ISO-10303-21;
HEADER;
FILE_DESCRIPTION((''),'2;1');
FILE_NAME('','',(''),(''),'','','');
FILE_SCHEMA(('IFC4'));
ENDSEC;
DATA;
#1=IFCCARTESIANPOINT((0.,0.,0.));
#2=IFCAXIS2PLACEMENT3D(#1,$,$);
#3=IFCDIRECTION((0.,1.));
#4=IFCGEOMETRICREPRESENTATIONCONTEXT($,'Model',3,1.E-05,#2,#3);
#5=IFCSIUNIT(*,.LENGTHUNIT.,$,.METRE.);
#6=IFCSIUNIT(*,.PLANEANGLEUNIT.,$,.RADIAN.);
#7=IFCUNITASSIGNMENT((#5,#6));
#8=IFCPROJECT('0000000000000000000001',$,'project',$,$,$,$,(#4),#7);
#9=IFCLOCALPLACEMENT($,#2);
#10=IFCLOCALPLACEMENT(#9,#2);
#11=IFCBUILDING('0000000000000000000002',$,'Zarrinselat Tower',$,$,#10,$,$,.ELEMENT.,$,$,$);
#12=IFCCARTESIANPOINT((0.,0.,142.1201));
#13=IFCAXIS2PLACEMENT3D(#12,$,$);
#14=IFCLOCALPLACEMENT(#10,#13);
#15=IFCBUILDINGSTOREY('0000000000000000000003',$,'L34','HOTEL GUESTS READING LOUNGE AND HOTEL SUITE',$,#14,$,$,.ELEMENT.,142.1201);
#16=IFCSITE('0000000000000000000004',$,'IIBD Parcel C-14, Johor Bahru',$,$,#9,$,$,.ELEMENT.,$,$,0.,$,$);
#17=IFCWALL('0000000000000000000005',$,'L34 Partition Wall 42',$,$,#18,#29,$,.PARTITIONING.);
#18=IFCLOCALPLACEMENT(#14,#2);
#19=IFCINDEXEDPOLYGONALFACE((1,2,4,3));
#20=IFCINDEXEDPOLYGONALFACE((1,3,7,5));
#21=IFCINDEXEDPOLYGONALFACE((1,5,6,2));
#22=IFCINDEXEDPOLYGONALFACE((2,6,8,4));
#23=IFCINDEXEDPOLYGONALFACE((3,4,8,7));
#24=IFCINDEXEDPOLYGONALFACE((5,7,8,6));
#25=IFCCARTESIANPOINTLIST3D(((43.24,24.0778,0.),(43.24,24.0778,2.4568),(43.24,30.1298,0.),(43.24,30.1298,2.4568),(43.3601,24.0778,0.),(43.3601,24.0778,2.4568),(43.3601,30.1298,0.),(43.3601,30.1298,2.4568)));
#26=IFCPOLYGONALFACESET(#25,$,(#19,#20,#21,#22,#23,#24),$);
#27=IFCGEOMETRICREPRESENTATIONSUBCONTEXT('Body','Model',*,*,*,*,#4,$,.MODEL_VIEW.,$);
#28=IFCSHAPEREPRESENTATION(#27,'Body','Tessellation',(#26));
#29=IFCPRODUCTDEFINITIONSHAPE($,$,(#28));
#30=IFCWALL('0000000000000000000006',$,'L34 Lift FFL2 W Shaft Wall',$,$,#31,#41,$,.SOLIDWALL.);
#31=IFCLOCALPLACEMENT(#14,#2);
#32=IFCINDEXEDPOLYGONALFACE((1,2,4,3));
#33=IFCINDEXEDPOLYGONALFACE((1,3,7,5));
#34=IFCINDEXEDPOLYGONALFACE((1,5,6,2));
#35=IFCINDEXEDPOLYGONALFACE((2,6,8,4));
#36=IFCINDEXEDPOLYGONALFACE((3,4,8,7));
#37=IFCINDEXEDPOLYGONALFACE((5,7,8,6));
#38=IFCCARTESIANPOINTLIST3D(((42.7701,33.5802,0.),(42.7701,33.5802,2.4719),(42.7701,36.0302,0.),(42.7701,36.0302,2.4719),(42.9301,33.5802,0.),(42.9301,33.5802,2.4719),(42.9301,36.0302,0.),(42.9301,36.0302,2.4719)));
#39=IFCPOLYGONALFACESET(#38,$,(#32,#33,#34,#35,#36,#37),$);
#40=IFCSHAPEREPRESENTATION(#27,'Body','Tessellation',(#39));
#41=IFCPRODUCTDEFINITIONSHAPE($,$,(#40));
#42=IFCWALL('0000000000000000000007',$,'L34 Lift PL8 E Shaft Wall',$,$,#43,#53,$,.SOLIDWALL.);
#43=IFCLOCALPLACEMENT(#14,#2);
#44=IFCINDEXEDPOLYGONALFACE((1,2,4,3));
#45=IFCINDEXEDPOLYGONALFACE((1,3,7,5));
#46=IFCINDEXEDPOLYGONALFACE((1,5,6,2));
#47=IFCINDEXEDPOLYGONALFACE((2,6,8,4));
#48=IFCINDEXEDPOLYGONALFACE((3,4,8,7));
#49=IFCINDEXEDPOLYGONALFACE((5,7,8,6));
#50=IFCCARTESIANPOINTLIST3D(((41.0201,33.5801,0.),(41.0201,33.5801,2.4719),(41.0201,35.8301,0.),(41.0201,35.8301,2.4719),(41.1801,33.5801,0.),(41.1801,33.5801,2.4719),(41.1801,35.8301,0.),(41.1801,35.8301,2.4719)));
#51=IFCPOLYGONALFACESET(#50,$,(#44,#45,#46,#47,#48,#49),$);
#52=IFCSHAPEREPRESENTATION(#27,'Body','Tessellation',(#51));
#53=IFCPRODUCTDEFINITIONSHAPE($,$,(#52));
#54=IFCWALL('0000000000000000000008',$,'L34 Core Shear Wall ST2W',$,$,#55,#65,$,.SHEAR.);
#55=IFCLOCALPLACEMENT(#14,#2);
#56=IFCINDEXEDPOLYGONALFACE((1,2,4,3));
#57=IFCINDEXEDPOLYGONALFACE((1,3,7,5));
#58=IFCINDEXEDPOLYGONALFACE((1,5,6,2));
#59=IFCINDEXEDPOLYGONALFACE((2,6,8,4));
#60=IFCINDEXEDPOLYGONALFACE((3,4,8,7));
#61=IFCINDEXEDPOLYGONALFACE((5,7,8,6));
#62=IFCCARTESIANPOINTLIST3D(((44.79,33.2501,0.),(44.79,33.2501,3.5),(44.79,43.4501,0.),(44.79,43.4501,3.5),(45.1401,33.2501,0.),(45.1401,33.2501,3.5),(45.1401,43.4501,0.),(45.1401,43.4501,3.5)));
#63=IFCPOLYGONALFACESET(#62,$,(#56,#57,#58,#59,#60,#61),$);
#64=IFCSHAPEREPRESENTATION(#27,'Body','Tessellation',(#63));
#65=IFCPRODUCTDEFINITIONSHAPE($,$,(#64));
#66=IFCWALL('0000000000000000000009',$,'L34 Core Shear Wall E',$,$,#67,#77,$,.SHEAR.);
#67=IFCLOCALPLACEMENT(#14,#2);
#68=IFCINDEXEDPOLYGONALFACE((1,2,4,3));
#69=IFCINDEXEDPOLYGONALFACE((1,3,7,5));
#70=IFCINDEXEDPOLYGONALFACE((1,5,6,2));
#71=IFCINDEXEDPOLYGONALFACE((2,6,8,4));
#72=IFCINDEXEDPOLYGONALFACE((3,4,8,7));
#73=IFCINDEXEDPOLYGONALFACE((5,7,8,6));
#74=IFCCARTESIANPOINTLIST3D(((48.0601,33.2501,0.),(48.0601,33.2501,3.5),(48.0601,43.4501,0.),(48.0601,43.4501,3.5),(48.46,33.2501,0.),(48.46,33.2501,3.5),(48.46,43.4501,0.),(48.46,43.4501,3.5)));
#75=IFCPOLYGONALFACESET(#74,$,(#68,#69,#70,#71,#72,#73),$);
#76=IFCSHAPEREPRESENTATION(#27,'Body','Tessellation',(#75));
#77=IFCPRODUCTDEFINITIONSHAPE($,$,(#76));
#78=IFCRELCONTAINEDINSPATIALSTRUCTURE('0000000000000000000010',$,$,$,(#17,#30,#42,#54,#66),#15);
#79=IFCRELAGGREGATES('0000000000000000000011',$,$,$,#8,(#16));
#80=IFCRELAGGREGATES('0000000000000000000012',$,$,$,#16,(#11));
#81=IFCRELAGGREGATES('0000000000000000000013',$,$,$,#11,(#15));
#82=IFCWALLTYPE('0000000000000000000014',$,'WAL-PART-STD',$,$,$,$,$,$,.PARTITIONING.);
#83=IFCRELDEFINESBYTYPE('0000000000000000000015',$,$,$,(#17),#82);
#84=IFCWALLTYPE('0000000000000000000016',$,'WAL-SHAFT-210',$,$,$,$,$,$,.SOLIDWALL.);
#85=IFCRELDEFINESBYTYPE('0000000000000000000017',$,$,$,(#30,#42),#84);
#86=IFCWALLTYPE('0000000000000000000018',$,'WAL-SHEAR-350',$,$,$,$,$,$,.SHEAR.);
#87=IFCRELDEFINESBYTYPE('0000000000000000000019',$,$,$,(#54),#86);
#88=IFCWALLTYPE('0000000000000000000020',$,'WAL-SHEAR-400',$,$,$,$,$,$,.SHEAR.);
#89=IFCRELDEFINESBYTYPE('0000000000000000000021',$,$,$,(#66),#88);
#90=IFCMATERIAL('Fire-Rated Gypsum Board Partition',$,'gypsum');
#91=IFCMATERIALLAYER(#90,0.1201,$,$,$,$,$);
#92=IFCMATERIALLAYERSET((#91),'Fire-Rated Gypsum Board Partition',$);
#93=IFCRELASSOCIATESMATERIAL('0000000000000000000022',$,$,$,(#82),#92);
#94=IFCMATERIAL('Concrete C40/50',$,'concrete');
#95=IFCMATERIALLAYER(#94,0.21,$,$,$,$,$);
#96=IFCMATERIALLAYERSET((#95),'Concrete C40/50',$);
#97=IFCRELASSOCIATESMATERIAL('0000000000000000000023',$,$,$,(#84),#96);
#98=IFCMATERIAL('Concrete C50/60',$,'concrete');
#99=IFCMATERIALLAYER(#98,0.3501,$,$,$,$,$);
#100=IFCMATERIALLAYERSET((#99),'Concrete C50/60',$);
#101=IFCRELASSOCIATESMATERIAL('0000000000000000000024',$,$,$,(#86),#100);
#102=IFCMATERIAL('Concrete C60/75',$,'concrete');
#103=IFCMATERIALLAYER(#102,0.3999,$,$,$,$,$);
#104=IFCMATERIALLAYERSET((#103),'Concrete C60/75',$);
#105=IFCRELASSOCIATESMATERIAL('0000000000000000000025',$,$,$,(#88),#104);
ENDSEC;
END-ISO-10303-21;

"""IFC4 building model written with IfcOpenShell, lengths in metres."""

from ifc_helpers import new_model, si_unit, direction, frame, frame_2d, origin, place, context, subcontext, project, spatial, rectangle, extrude, material, layer, layer_set, type_object, element, save


model = new_model("IFC4")

# Units and contexts
model_context = context("Model", 3, precision=1e-05, world=origin(), true_north=direction((0.0, 1.0)))
body_context = subcontext(model_context, "Body", "Model", "MODEL_VIEW")
ifc_project = project(units=[si_unit("LENGTHUNIT", "METRE"), si_unit("PLANEANGLEUNIT", "RADIAN")], contexts=[model_context])

# Site, building, storey
site_placement = place(None, origin())
site = spatial("IfcSite", under=ifc_project, at=site_placement, Name="IIBD Parcel C-14, Johor Bahru", CompositionType="ELEMENT", RefElevation=0.0)
building_placement = place(site_placement, origin())
building = spatial("IfcBuilding", under=site, at=building_placement, Name="Zarrinselat Tower", CompositionType="ELEMENT")
storey_placement = place(building_placement, frame((0.0, 0.0, 142.1201)))
storey = spatial("IfcBuildingStorey", under=building, at=storey_placement, Name="L34", Description="HOTEL GUESTS READING LOUNGE AND HOTEL SUITE", CompositionType="ELEMENT", Elevation=142.1201)

# Walls
ifc_material_1 = material(Name="Fire-Rated Gypsum Board Partition", Category="gypsum")
ifc_layer_1 = layer(ifc_material_1, 0.1201)
ifc_layer_set_1 = layer_set([ifc_layer_1], Name="Fire-Rated Gypsum Board Partition")
wall_type_1 = type_object("IfcWallType", Name="WAL-PART-STD", PredefinedType="PARTITIONING", material=ifc_layer_set_1)
wall_1_placement = place(storey_placement, frame((43.3, 24.0779, 0.0), z_axis=(0.0, 0.0, 1.0), x_axis=(0.0, 1.0, 0.0)))
element("IfcWall", 1, at=wall_1_placement, inside=storey, type_object=wall_type_1, Name="L34 Partition Wall 42", PredefinedType="PARTITIONING", context=body_context, shape_type="SweptSolid", body=[
    extrude(rectangle(XDim=6.052, YDim=0.1201, at=frame_2d((3.0259, 0.0))), origin(), (0.0, 0.0, 1.0), 2.4568),
])
ifc_material_2 = material(Name="Concrete C40/50", Category="concrete")
ifc_layer_2 = layer(ifc_material_2, 0.21)
ifc_layer_set_2 = layer_set([ifc_layer_2], Name="Concrete C40/50")
wall_type_2 = type_object("IfcWallType", Name="WAL-SHAFT-210", PredefinedType="SOLIDWALL", material=ifc_layer_set_2)
wall_2_placement = place(storey_placement, frame((42.8501, 33.5801, 0.0), z_axis=(0.0, 0.0, 1.0), x_axis=(0.0, 1.0, 0.0)))
element("IfcWall", 2, at=wall_2_placement, inside=storey, type_object=wall_type_2, Name="L34 Lift FFL2 W Shaft Wall", PredefinedType="SOLIDWALL", context=body_context, shape_type="SweptSolid", body=[
    extrude(rectangle(XDim=2.45, YDim=0.1599, at=frame_2d((1.2251, 0.0))), origin(), (0.0, 0.0, 1.0), 2.4719),
])
wall_3_placement = place(storey_placement, frame((41.1001, 33.5801, 0.0), z_axis=(0.0, 0.0, 1.0), x_axis=(0.0, 1.0, 0.0)))
element("IfcWall", 3, at=wall_3_placement, inside=storey, type_object=wall_type_2, Name="L34 Lift PL8 E Shaft Wall", PredefinedType="SOLIDWALL", context=body_context, shape_type="SweptSolid", body=[
    extrude(rectangle(XDim=2.25, YDim=0.1599, at=frame_2d((1.125, 0.0))), origin(), (0.0, 0.0, 1.0), 2.4719),
])
ifc_material_3 = material(Name="Concrete C50/60", Category="concrete")
ifc_layer_3 = layer(ifc_material_3, 0.3501)
ifc_layer_set_3 = layer_set([ifc_layer_3], Name="Concrete C50/60")
wall_type_3 = type_object("IfcWallType", Name="WAL-SHEAR-350", PredefinedType="SHEAR", material=ifc_layer_set_3)
wall_4_placement = place(storey_placement, frame((44.9651, 33.25, 0.0), z_axis=(0.0, 0.0, 1.0), x_axis=(0.0, 1.0, 0.0)))
element("IfcWall", 4, at=wall_4_placement, inside=storey, type_object=wall_type_3, Name="L34 Core Shear Wall ST2W", PredefinedType="SHEAR", context=body_context, shape_type="SweptSolid", body=[
    extrude(rectangle(XDim=10.2, YDim=0.3501, at=frame_2d((5.1001, 0.0))), origin(), (0.0, 0.0, 1.0), 3.5),
])
ifc_material_4 = material(Name="Concrete C60/75", Category="concrete")
ifc_layer_4 = layer(ifc_material_4, 0.3999)
ifc_layer_set_4 = layer_set([ifc_layer_4], Name="Concrete C60/75")
wall_type_4 = type_object("IfcWallType", Name="WAL-SHEAR-400", PredefinedType="SHEAR", material=ifc_layer_set_4)
wall_5_placement = place(storey_placement, frame((48.26, 33.25, 0.0), z_axis=(0.0, 0.0, 1.0), x_axis=(0.0, 1.0, 0.0)))
element("IfcWall", 5, at=wall_5_placement, inside=storey, type_object=wall_type_4, Name="L34 Core Shear Wall E", PredefinedType="SHEAR", context=body_context, shape_type="SweptSolid", body=[
    extrude(rectangle(XDim=10.2, YDim=0.3999, at=frame_2d((5.1001, 0.0))), origin(), (0.0, 0.0, 1.0), 3.5),
])

save(model, "model.ifc")
